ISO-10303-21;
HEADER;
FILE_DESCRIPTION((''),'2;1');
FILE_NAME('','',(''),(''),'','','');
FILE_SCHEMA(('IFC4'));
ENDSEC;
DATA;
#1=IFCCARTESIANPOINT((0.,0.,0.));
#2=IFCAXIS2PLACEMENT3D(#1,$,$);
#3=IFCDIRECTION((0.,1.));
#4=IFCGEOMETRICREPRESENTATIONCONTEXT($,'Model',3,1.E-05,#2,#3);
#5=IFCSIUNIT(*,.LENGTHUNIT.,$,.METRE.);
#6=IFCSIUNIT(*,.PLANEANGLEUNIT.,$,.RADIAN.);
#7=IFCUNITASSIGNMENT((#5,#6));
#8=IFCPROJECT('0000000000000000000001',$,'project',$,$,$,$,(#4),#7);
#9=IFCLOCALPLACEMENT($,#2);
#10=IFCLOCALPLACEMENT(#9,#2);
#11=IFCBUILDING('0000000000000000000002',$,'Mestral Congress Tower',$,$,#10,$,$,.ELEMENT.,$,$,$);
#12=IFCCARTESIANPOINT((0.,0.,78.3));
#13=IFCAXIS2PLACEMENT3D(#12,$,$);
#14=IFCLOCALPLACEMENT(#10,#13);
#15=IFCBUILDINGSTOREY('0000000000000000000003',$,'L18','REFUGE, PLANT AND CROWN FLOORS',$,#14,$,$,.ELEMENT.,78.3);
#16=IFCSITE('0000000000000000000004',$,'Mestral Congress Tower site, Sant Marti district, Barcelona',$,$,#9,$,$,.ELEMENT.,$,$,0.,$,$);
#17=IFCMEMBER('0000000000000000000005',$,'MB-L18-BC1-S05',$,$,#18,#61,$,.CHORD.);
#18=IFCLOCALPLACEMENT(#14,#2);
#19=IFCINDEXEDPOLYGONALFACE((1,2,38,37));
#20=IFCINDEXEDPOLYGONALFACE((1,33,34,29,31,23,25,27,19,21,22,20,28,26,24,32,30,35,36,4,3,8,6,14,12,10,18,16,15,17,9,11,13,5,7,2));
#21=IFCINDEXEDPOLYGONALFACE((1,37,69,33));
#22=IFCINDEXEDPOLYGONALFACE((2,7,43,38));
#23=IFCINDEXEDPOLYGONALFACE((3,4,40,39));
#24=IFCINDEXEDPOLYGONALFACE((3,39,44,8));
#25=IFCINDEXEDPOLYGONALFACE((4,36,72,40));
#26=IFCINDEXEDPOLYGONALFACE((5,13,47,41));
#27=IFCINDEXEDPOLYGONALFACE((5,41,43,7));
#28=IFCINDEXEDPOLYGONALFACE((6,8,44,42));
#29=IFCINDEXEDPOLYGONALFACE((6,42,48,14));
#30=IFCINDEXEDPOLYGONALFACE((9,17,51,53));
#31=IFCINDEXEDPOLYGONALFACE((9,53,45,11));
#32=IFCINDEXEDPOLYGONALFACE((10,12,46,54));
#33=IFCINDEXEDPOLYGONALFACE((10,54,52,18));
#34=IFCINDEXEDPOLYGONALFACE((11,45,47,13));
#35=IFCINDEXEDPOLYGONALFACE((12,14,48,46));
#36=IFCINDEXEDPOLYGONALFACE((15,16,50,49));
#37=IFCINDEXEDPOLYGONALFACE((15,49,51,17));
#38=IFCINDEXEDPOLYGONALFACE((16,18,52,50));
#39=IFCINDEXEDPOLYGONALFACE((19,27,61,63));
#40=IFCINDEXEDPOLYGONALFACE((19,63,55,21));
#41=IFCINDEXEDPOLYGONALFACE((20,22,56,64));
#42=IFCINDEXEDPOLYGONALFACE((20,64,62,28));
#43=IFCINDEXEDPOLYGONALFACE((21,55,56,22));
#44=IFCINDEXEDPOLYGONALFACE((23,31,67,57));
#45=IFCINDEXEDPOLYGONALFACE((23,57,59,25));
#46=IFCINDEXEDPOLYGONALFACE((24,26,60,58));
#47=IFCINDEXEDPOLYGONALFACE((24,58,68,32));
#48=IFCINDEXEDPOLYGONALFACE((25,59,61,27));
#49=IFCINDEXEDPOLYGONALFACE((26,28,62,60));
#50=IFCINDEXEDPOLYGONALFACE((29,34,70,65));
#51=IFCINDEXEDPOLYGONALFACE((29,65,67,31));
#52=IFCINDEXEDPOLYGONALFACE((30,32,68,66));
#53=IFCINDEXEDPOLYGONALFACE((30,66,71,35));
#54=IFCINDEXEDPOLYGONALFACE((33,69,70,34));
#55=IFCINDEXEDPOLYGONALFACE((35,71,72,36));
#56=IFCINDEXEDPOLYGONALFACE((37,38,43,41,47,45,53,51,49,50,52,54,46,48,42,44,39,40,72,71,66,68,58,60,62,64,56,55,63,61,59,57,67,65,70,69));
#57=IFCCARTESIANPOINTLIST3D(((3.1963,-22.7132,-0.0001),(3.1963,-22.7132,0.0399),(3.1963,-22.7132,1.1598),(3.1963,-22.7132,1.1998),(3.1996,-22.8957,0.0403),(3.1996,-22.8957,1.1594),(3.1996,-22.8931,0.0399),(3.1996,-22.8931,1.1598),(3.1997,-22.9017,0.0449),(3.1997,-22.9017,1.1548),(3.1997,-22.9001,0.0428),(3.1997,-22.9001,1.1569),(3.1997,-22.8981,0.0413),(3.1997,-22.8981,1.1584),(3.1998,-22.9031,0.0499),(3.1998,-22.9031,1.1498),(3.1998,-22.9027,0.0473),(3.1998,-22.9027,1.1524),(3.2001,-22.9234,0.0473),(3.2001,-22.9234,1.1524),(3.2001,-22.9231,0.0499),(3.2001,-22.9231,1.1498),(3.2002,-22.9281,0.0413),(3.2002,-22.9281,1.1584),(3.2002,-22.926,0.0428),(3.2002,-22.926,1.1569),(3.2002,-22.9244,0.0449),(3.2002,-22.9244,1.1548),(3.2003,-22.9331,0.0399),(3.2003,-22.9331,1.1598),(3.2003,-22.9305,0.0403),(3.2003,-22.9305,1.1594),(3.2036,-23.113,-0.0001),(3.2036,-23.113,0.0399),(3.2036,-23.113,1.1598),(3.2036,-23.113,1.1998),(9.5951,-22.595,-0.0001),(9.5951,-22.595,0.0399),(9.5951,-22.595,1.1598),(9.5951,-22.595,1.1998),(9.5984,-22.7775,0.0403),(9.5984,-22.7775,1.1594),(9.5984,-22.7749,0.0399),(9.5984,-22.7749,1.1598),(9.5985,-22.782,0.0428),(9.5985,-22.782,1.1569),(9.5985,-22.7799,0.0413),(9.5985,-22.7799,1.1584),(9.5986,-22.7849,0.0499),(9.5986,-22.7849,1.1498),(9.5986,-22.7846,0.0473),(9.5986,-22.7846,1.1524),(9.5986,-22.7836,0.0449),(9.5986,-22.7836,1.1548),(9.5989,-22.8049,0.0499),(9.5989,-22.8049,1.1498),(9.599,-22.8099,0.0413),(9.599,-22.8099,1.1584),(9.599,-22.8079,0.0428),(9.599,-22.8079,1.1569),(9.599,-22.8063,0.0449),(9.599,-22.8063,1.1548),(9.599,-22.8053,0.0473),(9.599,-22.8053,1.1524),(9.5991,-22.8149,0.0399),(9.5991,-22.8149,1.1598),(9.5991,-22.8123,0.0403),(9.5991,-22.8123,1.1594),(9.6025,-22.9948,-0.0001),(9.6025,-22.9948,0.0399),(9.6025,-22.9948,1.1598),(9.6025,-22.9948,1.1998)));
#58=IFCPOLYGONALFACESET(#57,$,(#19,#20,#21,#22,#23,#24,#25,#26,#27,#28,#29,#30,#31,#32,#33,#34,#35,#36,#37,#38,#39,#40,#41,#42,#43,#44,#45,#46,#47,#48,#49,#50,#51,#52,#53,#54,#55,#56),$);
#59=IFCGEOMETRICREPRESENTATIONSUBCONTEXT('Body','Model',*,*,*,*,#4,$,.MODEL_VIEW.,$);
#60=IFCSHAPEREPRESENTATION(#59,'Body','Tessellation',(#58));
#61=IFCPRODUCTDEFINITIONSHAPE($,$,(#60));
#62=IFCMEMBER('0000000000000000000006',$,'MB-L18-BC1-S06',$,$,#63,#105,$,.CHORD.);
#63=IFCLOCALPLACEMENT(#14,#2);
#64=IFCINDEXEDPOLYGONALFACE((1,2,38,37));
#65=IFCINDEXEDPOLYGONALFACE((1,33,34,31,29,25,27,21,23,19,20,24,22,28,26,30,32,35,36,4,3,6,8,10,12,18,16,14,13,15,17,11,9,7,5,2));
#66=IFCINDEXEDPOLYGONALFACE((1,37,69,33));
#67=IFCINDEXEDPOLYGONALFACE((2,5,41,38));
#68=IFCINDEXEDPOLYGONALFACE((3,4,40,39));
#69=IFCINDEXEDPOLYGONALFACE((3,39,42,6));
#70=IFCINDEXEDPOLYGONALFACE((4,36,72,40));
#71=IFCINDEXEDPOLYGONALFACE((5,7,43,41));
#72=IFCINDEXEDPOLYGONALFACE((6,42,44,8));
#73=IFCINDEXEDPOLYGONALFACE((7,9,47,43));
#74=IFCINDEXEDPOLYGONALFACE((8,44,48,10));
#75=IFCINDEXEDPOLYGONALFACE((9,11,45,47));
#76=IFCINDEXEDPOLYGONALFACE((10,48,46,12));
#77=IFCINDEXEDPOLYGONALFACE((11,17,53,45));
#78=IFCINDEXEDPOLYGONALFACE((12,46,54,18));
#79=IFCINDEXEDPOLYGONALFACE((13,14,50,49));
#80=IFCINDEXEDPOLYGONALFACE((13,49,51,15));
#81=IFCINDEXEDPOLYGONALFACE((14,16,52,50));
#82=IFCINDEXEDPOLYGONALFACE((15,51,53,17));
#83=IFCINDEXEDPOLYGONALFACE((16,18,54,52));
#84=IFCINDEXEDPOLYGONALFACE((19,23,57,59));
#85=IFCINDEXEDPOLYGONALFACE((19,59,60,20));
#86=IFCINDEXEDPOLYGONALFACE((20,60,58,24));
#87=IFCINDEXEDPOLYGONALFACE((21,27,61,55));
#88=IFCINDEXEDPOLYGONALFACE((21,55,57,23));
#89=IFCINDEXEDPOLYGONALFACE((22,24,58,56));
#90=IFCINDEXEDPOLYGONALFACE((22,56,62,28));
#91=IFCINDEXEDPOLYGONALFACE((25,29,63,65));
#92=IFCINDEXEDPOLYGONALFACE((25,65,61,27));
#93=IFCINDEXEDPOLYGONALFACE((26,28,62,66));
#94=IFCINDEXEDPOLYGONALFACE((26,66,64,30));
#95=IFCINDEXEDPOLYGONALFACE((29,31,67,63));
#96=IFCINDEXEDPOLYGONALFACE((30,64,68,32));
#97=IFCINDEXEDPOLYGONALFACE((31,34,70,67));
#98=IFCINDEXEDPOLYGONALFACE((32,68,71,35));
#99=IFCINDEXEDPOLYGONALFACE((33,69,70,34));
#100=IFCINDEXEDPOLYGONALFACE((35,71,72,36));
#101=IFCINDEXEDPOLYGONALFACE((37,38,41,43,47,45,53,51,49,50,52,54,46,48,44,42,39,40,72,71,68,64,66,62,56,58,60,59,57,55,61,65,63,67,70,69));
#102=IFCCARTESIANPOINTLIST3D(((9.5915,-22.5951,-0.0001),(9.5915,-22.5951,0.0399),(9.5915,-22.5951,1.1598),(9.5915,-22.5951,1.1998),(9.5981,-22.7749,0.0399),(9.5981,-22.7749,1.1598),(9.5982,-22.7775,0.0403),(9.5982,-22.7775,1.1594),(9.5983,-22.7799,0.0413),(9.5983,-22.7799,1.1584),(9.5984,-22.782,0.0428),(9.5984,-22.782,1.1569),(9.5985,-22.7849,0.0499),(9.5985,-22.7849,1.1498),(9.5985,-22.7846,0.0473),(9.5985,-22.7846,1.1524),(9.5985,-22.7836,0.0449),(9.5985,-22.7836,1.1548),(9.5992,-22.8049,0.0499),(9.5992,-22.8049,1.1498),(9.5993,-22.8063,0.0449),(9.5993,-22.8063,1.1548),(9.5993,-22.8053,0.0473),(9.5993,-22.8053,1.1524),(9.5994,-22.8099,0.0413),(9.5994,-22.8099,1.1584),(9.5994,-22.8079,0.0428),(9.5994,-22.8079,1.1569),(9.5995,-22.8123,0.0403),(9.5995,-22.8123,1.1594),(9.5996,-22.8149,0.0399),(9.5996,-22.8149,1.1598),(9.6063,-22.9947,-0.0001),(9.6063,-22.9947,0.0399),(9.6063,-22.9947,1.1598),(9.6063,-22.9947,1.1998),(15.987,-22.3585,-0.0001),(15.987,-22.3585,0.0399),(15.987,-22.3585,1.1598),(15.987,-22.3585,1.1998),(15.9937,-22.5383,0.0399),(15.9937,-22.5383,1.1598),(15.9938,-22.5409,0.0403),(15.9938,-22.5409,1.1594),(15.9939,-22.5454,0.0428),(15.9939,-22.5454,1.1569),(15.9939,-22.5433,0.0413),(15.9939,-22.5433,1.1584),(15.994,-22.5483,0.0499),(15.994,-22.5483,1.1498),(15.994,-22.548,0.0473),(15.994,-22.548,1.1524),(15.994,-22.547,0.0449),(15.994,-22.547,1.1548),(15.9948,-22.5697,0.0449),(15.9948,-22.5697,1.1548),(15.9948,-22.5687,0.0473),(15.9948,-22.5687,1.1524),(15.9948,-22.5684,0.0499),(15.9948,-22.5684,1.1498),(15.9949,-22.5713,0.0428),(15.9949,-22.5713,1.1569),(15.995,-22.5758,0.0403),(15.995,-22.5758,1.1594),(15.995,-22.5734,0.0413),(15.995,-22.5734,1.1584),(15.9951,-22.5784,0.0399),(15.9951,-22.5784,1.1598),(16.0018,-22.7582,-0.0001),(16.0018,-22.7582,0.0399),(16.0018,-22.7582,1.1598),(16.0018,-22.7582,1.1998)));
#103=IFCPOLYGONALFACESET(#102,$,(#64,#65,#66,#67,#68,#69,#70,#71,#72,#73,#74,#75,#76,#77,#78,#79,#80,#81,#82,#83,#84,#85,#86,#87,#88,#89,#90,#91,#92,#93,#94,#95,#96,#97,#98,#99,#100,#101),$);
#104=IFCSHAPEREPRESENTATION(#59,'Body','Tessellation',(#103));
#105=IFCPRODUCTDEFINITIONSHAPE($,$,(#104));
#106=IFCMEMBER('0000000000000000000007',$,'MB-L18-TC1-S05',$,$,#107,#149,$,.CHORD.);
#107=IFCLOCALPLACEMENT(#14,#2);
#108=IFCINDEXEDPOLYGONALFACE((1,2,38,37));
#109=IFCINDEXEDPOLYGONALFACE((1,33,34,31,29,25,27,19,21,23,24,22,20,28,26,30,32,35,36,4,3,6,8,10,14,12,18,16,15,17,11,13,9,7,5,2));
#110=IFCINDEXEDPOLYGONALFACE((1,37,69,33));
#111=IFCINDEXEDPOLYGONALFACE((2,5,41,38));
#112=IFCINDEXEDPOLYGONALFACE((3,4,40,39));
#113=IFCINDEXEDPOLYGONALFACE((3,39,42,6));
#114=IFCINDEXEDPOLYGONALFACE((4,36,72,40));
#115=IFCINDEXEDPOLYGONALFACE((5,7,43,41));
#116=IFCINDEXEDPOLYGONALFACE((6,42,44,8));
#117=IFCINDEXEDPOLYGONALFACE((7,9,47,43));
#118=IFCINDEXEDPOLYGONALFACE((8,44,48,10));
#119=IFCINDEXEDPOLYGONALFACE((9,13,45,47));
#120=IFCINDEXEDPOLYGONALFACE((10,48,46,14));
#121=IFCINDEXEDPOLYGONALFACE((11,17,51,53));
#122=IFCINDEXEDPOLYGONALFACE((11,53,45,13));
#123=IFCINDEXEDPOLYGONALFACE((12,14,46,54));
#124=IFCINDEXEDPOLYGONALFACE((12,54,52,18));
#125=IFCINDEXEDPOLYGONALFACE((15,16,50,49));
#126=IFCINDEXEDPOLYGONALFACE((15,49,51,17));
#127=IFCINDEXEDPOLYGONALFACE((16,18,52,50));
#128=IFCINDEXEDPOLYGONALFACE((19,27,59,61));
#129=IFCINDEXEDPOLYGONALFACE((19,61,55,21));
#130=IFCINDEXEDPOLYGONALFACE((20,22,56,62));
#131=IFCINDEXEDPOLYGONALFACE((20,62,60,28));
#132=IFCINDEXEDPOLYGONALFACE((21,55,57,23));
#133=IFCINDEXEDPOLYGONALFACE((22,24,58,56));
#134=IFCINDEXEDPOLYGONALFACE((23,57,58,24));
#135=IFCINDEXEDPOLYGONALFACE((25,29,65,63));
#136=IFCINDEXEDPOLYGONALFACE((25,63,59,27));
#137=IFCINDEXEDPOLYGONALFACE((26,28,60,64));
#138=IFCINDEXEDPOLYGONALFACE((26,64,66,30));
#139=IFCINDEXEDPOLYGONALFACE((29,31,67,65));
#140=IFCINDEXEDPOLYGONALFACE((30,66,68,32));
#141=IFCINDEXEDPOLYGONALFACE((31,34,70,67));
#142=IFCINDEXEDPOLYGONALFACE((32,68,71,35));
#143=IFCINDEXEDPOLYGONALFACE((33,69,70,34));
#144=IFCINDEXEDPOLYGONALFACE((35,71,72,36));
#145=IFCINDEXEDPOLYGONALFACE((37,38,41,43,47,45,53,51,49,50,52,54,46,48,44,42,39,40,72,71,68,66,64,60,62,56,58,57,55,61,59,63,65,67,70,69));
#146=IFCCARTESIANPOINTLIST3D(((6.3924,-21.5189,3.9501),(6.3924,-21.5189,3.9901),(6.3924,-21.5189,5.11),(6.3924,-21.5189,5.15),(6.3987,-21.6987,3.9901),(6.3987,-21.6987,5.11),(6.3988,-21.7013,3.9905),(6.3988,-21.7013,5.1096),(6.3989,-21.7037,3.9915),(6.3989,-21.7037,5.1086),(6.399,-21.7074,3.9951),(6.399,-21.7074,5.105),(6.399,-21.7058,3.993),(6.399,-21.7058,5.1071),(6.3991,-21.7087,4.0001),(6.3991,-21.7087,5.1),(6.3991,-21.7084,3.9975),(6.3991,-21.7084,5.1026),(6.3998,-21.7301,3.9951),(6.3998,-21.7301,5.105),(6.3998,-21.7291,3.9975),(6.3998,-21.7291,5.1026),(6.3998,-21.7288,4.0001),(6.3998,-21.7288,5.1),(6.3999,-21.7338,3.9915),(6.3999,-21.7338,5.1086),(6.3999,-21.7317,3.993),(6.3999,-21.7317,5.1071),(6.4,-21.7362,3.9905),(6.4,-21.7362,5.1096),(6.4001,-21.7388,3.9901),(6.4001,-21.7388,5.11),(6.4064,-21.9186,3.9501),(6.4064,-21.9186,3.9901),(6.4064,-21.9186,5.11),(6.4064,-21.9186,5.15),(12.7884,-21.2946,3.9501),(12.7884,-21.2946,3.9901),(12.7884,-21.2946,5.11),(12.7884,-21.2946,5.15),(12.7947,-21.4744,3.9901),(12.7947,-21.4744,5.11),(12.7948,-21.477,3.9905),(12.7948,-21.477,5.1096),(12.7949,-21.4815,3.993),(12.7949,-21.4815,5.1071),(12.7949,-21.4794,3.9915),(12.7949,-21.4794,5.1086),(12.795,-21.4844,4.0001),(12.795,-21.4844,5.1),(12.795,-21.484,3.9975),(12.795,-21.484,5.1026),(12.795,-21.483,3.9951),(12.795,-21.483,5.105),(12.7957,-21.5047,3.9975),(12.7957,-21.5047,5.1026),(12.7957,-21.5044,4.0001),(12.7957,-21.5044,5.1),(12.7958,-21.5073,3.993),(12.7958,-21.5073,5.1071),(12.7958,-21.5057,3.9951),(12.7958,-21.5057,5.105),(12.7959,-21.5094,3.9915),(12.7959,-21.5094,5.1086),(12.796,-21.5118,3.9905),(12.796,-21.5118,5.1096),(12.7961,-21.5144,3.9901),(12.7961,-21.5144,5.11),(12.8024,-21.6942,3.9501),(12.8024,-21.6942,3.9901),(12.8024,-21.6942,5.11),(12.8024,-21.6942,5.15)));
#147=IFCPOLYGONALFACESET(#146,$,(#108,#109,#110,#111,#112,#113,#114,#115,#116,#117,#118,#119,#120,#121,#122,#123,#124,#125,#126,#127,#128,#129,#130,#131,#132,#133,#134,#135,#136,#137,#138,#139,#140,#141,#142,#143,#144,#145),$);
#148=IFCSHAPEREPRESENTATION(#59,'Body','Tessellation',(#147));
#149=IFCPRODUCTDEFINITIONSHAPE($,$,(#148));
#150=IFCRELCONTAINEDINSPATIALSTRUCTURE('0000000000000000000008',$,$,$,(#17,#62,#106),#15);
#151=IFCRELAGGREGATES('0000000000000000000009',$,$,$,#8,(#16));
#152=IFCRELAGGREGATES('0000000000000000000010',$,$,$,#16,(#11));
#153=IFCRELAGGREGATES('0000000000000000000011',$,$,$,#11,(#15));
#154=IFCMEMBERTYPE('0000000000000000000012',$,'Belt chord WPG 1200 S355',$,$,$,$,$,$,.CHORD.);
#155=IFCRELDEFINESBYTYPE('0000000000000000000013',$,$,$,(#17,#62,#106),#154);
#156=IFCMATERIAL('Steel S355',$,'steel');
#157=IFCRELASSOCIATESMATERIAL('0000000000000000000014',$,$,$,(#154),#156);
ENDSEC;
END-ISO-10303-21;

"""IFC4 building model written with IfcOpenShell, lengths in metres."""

from ifc_helpers import new_model, si_unit, direction, frame, origin, origin_2d, place, context, subcontext, project, spatial, i_section, extrude, material, material_profile, profile_set, type_object, element, save


model = new_model("IFC4")

# Units and contexts
model_context = context("Model", 3, precision=1e-05, world=origin(), true_north=direction((0.0, 1.0)))
body_context = subcontext(model_context, "Body", "Model", "MODEL_VIEW")
ifc_project = project(units=[si_unit("LENGTHUNIT", "METRE"), si_unit("PLANEANGLEUNIT", "RADIAN")], contexts=[model_context])

# Site, building, storey
site_placement = place(None, origin())
site = spatial("IfcSite", under=ifc_project, at=site_placement, Name="Mestral Congress Tower site, Sant Marti district, Barcelona", CompositionType="ELEMENT", RefElevation=0.0)
building_placement = place(site_placement, origin())
building = spatial("IfcBuilding", under=site, at=building_placement, Name="Mestral Congress Tower", CompositionType="ELEMENT")
storey_placement = place(building_placement, frame((0.0, 0.0, 78.3)))
storey = spatial("IfcBuildingStorey", under=building, at=storey_placement, Name="L18", Description="REFUGE, PLANT AND CROWN FLOORS", CompositionType="ELEMENT", Elevation=78.3)

# Members
ifc_material_1 = material(Name="Steel S355", Category="steel")
ifc_material_profile_1 = material_profile(ifc_material_1, i_section(OverallWidth=0.3999, OverallDepth=1.2, WebThickness=0.02, FlangeThickness=0.04, FilletRadius=0.01, at=origin_2d()), Name="WPG 1200")
ifc_profile_set_1 = profile_set([ifc_material_profile_1], Name="Steel S355")
member_type_1 = type_object("IfcMemberType", Name="Belt chord WPG 1200 S355", PredefinedType="CHORD", material=ifc_profile_set_1)
for number, where, z_axis, x_axis, name in (
    (1, (3.2, -22.9131, 0.5999), (0.99983, 0.018463, 0.0), (-0.018463, 0.99983, 0.0), "MB-L18-BC1-S05"),
    (2, (9.5989, -22.7949, 0.5999), (0.999317, 0.036965, 0.0), (-0.036965, 0.999317, 0.0), "MB-L18-BC1-S06"),
    (3, (6.3994, -21.7188, 4.55), (0.999385, 0.035057, 0.0), (-0.035057, 0.999385, 0.0), "MB-L18-TC1-S05"),
):
    element("IfcMember", number, at=place(storey_placement, frame(where, z_axis=z_axis, x_axis=x_axis)), inside=storey, type_object=member_type_1, Name=name, PredefinedType="CHORD", context=body_context, shape_type="SweptSolid", body=[
        extrude(i_section(OverallWidth=0.3999, OverallDepth=1.2, WebThickness=0.02, FlangeThickness=0.04, FilletRadius=0.01, at=origin_2d()), origin(), (0.0, 0.0, 1.0), 6.3999),
    ])

save(model, "model.ifc")
